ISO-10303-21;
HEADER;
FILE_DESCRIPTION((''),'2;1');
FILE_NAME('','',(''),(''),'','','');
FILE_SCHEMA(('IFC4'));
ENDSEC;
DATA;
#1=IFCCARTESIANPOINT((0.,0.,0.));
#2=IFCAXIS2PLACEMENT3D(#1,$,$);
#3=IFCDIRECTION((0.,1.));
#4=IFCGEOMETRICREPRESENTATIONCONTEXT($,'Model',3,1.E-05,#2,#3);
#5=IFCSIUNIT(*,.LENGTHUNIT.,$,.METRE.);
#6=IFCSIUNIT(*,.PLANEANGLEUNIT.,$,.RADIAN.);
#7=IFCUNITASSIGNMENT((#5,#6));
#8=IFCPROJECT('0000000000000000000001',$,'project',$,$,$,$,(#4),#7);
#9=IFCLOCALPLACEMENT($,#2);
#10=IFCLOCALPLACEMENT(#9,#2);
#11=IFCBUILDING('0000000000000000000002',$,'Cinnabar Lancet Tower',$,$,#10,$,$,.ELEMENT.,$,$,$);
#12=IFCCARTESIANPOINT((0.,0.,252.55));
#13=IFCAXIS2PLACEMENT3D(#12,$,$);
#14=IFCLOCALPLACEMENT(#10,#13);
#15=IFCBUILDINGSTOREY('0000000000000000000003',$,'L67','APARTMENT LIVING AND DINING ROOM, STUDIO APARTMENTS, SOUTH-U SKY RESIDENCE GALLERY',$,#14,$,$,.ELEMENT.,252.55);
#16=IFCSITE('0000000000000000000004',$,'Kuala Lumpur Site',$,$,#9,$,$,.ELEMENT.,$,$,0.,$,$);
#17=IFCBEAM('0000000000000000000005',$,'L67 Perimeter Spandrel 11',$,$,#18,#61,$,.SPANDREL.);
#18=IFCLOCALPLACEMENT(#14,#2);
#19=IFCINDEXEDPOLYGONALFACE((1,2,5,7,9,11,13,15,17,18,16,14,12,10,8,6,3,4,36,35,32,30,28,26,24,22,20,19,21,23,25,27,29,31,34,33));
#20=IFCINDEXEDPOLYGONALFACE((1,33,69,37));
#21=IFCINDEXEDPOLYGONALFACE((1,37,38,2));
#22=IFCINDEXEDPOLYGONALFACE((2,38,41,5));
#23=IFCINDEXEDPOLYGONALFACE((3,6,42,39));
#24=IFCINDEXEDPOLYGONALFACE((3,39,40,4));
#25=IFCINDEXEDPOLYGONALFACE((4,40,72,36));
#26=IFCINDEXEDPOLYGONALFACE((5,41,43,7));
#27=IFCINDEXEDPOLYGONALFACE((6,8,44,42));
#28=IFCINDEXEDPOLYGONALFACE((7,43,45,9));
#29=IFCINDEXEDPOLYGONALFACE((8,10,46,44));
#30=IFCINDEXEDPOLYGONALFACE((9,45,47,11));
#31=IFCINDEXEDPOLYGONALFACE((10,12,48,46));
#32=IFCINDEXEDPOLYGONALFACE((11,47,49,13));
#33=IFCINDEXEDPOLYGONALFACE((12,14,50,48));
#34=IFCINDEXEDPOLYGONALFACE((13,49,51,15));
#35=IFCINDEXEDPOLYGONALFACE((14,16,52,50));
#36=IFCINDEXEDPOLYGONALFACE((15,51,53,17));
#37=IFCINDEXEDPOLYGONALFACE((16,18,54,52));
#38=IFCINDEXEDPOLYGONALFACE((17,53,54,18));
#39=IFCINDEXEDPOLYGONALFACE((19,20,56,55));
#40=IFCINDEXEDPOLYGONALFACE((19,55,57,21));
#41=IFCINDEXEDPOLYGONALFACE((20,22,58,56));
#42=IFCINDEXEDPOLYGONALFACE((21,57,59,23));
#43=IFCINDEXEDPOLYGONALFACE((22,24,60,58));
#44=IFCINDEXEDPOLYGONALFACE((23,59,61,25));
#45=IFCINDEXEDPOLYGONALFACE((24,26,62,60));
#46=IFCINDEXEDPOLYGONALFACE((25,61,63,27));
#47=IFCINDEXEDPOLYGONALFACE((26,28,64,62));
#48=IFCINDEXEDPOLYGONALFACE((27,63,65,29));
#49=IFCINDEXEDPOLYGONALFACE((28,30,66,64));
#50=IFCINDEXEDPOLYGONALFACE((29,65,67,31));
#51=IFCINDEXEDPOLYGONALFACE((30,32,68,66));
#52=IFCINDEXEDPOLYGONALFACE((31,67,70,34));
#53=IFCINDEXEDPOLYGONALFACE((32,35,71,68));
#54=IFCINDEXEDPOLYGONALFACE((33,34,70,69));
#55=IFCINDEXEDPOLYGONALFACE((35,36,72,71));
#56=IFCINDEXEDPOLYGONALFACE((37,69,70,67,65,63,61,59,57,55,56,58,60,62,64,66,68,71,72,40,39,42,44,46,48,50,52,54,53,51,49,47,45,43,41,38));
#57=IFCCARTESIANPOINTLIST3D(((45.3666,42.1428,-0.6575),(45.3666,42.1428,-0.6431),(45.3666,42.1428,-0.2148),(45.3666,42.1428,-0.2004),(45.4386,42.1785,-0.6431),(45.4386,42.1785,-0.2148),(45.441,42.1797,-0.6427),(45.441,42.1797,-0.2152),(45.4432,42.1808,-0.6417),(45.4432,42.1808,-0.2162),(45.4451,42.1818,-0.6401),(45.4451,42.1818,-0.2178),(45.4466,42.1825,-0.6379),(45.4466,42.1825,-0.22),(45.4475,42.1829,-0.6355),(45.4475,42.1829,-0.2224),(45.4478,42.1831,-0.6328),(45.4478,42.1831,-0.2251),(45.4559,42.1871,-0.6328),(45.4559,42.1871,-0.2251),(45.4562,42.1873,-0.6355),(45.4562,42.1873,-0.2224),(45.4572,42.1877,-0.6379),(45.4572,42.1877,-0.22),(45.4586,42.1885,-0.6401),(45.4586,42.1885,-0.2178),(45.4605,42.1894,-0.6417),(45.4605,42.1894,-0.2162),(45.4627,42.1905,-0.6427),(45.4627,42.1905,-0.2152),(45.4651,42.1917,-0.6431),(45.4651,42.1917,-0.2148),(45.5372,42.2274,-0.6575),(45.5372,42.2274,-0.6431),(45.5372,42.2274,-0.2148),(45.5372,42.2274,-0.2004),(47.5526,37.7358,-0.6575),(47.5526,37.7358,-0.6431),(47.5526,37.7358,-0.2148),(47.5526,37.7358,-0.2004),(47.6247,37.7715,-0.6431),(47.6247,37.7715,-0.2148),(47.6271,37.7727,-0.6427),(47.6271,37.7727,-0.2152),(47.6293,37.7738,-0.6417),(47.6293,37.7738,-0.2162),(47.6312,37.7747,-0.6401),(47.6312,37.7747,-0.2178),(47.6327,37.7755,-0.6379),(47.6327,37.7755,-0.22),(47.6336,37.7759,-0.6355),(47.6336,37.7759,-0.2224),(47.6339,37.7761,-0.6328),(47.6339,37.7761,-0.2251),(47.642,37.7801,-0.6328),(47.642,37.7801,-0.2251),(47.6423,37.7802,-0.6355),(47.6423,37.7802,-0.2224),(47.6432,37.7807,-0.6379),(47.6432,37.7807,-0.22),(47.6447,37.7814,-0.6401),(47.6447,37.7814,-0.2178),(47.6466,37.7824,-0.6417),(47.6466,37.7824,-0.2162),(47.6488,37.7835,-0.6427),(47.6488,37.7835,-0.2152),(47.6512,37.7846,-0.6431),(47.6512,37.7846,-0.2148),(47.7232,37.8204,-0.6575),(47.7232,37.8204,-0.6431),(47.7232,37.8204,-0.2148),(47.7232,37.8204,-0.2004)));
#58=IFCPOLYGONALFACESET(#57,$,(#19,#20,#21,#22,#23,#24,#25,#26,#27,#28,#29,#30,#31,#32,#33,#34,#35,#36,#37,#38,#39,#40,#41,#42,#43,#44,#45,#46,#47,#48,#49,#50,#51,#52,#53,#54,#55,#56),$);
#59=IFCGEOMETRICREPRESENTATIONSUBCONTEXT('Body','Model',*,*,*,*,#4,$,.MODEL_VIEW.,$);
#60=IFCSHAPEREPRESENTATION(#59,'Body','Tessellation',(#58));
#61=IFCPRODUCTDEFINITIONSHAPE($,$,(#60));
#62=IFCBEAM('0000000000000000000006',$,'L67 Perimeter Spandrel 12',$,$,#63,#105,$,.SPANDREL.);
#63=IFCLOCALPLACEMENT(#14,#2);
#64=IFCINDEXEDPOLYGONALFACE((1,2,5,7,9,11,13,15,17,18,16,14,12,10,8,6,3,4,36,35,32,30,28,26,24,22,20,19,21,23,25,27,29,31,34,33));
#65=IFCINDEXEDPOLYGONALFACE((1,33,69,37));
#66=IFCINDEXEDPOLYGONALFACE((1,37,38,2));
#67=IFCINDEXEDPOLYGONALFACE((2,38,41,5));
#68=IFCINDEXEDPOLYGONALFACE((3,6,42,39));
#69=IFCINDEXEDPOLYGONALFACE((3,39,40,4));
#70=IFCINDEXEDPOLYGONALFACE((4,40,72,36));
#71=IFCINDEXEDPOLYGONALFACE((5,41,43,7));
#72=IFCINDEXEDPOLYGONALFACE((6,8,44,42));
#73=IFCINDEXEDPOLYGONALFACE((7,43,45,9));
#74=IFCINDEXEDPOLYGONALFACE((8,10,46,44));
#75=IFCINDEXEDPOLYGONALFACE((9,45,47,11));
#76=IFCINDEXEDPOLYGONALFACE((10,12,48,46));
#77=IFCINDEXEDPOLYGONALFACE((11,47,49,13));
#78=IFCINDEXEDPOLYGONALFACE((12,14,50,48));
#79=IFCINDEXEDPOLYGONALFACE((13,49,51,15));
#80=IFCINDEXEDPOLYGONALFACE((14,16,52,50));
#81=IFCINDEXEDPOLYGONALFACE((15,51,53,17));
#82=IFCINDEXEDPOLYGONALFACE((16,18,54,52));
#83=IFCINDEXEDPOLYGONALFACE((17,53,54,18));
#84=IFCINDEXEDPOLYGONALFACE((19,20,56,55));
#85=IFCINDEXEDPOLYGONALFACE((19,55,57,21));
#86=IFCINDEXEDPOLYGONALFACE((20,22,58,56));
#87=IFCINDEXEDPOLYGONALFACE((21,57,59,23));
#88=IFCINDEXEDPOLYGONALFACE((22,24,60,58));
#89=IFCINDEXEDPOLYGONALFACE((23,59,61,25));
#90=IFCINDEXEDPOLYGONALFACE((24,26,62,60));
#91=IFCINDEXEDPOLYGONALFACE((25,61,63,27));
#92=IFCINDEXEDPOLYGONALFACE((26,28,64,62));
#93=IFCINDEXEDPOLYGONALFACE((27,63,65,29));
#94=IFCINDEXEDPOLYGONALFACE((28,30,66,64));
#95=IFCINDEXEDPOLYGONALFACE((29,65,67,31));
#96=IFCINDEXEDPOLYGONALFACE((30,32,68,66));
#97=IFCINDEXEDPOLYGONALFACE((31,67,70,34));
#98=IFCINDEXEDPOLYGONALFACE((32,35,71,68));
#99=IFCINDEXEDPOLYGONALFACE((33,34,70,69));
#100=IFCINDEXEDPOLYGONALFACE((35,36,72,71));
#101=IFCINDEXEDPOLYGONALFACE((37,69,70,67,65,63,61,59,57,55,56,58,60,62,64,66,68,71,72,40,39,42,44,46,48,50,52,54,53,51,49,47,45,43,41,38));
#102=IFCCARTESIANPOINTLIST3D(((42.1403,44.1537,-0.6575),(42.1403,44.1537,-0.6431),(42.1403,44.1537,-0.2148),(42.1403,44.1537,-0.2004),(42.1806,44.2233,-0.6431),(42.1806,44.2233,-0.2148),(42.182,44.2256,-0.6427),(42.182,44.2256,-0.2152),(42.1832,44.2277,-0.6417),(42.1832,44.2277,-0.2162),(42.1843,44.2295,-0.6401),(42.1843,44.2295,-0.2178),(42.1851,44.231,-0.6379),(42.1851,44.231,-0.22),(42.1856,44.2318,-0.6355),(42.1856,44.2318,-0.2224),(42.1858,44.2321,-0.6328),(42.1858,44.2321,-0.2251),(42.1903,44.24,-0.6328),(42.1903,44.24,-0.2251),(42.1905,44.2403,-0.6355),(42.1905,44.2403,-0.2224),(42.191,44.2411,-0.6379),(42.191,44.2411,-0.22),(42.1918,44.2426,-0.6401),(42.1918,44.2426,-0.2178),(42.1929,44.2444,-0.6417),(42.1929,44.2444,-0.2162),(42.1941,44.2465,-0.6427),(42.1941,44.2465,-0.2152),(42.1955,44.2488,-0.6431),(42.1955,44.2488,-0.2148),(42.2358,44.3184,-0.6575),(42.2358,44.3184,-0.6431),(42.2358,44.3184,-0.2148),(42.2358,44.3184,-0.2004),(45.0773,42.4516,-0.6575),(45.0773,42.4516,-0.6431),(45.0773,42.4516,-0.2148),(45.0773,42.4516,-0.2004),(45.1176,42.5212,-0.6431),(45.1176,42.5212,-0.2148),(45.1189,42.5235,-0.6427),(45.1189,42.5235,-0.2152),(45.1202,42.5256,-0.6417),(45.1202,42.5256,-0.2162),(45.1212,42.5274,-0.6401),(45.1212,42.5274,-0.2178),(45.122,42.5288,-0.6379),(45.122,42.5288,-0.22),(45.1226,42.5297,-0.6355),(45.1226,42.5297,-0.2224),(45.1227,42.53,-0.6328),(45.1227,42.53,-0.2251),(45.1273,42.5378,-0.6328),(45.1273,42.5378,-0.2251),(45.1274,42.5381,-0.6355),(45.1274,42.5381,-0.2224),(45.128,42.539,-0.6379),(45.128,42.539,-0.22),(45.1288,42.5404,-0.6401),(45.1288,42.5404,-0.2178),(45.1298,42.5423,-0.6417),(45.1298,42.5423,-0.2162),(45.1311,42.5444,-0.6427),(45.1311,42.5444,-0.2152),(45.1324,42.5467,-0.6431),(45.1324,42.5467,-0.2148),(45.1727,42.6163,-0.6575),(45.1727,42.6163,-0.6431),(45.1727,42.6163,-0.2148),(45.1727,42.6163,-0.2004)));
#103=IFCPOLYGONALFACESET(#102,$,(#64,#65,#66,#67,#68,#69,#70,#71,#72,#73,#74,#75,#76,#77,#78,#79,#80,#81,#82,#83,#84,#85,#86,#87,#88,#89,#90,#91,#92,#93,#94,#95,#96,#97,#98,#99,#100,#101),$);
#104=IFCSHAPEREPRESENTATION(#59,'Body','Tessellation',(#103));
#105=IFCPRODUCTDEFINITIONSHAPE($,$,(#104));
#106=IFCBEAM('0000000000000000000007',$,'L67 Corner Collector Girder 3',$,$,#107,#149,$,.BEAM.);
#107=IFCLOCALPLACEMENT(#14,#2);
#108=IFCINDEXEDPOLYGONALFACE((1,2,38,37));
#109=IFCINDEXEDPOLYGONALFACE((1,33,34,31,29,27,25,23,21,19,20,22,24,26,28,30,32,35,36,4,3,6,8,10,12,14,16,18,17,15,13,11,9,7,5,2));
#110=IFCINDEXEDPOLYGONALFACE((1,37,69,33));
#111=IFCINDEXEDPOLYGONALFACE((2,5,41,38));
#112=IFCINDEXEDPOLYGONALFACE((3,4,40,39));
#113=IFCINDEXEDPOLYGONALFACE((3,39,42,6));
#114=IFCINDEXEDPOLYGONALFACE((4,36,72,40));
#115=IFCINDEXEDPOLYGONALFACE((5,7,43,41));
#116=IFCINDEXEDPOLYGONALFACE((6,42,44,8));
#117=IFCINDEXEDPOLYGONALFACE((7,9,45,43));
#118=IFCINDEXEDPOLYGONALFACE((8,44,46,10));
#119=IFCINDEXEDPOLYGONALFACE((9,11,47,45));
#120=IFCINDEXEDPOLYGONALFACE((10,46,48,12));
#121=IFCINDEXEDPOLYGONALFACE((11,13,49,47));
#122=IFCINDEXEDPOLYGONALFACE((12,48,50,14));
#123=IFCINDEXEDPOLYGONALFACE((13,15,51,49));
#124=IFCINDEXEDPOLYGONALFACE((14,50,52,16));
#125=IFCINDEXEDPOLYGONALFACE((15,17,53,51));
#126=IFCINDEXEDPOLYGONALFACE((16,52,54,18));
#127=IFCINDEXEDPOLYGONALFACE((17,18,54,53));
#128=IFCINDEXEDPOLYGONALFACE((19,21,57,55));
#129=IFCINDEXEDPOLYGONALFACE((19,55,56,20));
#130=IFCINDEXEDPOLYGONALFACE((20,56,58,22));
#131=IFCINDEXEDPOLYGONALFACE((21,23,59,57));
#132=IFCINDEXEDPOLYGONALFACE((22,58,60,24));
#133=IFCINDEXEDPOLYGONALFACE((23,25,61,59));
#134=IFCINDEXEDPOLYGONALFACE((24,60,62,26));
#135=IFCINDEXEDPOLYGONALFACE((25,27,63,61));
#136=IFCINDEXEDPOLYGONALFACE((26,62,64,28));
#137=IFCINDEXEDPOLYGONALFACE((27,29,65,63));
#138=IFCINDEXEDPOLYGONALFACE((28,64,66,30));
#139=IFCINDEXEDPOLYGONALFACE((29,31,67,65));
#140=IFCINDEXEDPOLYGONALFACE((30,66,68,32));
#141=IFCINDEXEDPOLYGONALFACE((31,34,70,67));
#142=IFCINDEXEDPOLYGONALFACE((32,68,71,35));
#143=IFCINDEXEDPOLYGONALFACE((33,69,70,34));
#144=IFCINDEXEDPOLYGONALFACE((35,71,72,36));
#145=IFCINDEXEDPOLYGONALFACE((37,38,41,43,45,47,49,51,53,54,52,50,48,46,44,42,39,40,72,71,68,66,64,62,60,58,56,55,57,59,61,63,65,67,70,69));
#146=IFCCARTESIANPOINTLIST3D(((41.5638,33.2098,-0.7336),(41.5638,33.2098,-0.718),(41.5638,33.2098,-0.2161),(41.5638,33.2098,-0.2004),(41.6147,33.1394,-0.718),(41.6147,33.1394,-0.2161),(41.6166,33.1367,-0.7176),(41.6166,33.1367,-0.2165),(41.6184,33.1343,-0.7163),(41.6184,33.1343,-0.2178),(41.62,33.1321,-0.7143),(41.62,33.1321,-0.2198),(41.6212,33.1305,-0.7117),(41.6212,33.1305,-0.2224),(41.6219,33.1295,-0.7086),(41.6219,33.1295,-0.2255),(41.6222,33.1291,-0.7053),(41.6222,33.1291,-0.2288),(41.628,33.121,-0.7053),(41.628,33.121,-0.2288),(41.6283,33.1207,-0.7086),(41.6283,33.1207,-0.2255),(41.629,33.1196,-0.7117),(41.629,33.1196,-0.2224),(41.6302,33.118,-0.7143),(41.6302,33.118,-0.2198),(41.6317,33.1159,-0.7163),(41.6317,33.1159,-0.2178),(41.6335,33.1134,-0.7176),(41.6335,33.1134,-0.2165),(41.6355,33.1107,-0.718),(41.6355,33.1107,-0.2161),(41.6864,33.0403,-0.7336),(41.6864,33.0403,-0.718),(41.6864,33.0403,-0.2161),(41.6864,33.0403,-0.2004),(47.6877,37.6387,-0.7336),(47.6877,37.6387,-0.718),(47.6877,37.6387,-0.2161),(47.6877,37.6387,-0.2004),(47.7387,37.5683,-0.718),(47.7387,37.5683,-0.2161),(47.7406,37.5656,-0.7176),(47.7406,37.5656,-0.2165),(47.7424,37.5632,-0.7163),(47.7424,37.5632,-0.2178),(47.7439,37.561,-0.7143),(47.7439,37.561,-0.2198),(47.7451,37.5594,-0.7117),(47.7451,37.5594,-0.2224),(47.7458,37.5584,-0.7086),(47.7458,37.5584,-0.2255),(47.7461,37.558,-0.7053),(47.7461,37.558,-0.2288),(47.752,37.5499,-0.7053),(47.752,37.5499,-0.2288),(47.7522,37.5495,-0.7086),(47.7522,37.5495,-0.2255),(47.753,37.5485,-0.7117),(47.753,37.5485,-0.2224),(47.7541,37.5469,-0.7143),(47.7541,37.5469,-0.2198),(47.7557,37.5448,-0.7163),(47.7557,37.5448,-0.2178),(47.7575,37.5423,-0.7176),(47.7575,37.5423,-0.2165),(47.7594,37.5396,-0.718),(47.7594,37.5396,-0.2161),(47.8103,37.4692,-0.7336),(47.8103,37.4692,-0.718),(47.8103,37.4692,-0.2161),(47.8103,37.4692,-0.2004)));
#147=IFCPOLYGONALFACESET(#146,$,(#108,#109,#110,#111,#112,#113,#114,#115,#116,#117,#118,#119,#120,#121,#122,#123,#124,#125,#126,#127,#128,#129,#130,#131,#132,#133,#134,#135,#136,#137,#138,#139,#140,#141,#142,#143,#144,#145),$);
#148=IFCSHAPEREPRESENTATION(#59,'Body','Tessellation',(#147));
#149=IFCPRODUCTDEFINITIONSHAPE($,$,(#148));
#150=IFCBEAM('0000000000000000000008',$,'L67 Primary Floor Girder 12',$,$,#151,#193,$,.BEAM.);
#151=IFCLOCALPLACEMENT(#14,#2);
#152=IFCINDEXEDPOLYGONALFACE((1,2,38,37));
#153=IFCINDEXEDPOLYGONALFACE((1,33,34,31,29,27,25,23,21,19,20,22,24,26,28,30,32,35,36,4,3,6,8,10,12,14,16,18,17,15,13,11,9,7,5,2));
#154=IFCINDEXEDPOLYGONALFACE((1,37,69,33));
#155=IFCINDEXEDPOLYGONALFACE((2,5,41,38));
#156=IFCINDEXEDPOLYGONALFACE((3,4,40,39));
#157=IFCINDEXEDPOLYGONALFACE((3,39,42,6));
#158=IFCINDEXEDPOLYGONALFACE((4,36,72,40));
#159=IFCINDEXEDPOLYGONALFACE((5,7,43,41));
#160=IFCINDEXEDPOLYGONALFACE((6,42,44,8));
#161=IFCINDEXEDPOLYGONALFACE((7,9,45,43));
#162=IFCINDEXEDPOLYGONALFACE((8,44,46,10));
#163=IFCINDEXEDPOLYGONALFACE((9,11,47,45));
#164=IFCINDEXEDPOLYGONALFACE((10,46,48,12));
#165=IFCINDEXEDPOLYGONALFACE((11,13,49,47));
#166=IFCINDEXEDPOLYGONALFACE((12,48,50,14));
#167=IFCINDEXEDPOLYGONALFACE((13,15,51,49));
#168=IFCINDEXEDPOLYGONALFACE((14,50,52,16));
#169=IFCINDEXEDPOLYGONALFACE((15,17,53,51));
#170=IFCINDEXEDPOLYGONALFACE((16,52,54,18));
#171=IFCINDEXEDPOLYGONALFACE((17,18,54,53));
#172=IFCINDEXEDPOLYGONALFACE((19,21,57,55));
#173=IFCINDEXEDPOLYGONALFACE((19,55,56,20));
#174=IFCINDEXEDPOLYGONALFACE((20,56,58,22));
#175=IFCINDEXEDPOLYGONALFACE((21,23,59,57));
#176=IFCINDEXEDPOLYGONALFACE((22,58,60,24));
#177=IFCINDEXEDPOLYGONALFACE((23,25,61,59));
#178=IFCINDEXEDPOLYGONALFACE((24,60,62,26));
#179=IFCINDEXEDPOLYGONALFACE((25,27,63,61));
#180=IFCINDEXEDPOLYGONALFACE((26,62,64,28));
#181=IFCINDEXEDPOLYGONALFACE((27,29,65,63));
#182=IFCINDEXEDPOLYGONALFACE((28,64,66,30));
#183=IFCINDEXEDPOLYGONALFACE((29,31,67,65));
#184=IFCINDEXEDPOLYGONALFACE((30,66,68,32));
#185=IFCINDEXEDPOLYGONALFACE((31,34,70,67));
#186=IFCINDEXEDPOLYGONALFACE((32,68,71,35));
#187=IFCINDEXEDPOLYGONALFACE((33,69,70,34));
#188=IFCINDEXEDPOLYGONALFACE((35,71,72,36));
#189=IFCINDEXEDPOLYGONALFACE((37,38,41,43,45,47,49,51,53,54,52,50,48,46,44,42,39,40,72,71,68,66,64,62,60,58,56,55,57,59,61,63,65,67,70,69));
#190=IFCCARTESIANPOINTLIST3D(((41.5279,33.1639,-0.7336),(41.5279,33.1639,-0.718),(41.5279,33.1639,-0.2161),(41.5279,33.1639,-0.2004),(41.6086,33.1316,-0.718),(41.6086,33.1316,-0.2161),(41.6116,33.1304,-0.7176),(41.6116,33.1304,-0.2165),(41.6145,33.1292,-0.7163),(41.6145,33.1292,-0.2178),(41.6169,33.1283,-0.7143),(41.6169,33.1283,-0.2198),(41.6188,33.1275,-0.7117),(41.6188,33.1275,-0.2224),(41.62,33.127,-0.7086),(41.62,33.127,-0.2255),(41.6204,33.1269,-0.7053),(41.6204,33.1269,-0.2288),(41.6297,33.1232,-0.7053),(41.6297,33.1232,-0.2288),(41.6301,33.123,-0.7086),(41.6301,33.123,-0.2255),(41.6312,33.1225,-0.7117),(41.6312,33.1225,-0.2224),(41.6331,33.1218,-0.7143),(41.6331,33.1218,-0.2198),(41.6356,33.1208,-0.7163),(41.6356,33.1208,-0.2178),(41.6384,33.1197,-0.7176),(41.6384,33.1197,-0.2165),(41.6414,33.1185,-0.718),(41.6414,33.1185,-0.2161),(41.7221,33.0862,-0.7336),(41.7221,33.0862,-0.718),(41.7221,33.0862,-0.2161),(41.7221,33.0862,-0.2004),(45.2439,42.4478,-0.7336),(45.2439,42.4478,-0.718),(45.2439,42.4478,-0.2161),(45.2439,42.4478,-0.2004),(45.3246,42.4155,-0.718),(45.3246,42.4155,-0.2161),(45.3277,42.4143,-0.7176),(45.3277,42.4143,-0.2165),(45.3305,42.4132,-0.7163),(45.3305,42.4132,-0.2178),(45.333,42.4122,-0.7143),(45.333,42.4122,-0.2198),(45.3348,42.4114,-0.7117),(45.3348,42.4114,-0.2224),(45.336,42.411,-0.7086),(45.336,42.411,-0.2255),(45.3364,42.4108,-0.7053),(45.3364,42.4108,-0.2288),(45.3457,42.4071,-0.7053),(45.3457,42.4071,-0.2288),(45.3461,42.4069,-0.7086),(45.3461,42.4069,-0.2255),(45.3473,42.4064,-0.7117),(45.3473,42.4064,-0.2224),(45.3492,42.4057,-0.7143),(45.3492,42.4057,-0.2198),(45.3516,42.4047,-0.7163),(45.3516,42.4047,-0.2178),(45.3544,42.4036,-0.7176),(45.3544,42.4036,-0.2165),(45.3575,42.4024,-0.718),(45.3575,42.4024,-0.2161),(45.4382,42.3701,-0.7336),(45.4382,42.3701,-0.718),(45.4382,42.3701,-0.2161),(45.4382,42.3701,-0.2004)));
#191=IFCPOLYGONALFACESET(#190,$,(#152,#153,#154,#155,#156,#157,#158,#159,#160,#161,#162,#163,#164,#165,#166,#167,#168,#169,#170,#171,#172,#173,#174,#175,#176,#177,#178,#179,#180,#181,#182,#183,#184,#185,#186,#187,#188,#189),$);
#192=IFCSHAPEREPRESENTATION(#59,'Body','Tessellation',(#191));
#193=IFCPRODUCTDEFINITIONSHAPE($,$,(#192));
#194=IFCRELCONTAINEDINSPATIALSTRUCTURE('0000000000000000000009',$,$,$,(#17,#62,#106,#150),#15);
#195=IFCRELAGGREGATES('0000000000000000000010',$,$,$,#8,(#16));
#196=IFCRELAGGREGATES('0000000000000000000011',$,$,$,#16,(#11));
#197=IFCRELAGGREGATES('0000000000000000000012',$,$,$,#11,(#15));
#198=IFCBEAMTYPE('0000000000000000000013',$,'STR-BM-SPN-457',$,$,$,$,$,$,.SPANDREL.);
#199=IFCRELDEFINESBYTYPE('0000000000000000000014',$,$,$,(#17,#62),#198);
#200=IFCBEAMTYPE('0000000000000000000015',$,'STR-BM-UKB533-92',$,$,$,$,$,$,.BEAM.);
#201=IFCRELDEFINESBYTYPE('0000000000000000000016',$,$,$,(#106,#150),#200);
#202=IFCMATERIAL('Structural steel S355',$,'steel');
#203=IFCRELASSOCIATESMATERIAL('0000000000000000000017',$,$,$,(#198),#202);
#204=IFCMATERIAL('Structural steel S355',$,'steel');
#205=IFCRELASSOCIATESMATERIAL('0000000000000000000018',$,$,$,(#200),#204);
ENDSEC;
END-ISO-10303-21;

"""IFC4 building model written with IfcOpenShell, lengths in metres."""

from ifc_helpers import new_model, si_unit, direction, frame, origin, origin_2d, place, context, subcontext, project, spatial, i_section, extrude, material, material_profile, profile_set, type_object, element, save


model = new_model("IFC4")

# Units and contexts
model_context = context("Model", 3, precision=1e-05, world=origin(), true_north=direction((0.0, 1.0)))
body_context = subcontext(model_context, "Body", "Model", "MODEL_VIEW")
ifc_project = project(units=[si_unit("LENGTHUNIT", "METRE"), si_unit("PLANEANGLEUNIT", "RADIAN")], contexts=[model_context])

# Site, building, storey
site_placement = place(None, origin())
site = spatial("IfcSite", under=ifc_project, at=site_placement, Name="Kuala Lumpur Site", CompositionType="ELEMENT", RefElevation=0.0)
building_placement = place(site_placement, origin())
building = spatial("IfcBuilding", under=site, at=building_placement, Name="Cinnabar Lancet Tower", CompositionType="ELEMENT")
storey_placement = place(building_placement, frame((0.0, 0.0, 252.55)))
storey = spatial("IfcBuildingStorey", under=building, at=storey_placement, Name="L67", Description="APARTMENT LIVING AND DINING ROOM, STUDIO APARTMENTS, SOUTH-U SKY RESIDENCE GALLERY", CompositionType="ELEMENT", Elevation=252.55)

# Beams
ifc_material_1 = material(Name="Structural steel S355", Category="steel")
ifc_material_profile_1 = material_profile(ifc_material_1, i_section(OverallWidth=0.1904, OverallDepth=0.457, WebThickness=0.009, FlangeThickness=0.0144, FilletRadius=0.0103, at=origin_2d()), Name="UKB 457x191x74")
ifc_profile_set_1 = profile_set([ifc_material_profile_1], Name="Structural steel S355")
beam_type_1 = type_object("IfcBeamType", Name="STR-BM-SPN-457", PredefinedType="SPANDREL", material=ifc_profile_set_1)
beam_1_placement = place(storey_placement, frame((47.6379, 37.7781, -0.429), z_axis=(-0.444373, 0.895842, 0.0), x_axis=(-0.895842, -0.444373, 0.0)))
element("IfcBeam", 1, at=beam_1_placement, inside=storey, type_object=beam_type_1, Name="L67 Perimeter Spandrel 11", PredefinedType="SPANDREL", context=body_context, shape_type="SweptSolid", body=[
    extrude(i_section(OverallWidth=0.1904, OverallDepth=0.457, WebThickness=0.009, FlangeThickness=0.0144, FilletRadius=0.0103, at=origin_2d()), origin(), (0.0, 0.0, 1.0), 4.9194),
])
beam_2_placement = place(storey_placement, frame((45.125, 42.5339, -0.429), z_axis=(-0.8652, 0.501427, 0.0), x_axis=(-0.501427, -0.8652, 0.0)))
element("IfcBeam", 2, at=beam_2_placement, inside=storey, type_object=beam_type_1, Name="L67 Perimeter Spandrel 12", PredefinedType="SPANDREL", context=body_context, shape_type="SweptSolid", body=[
    extrude(i_section(OverallWidth=0.1904, OverallDepth=0.457, WebThickness=0.009, FlangeThickness=0.0144, FilletRadius=0.0103, at=origin_2d()), origin(), (0.0, 0.0, 1.0), 3.3945),
])
ifc_material_2 = material(Name="Structural steel S355", Category="steel")
ifc_material_profile_2 = material_profile(ifc_material_2, i_section(OverallWidth=0.2092, OverallDepth=0.5332, WebThickness=0.01, FlangeThickness=0.0156, FilletRadius=0.0127, at=origin_2d()), Name="UKB 533x210x92")
ifc_profile_set_2 = profile_set([ifc_material_profile_2], Name="Structural steel S355")
beam_type_2 = type_object("IfcBeamType", Name="STR-BM-UKB533-92", PredefinedType="BEAM", material=ifc_profile_set_2)
beam_3_placement = place(storey_placement, frame((47.749, 37.554, -0.467), z_axis=(-0.810299, -0.586016, 0.0), x_axis=(0.586016, -0.810299, 0.0)))
element("IfcBeam", 3, at=beam_3_placement, inside=storey, type_object=beam_type_2, Name="L67 Corner Collector Girder 3", PredefinedType="BEAM", context=body_context, shape_type="SweptSolid", body=[
    extrude(i_section(OverallWidth=0.2092, OverallDepth=0.5332, WebThickness=0.01, FlangeThickness=0.0156, FilletRadius=0.0127, at=origin_2d()), origin(), (0.0, 0.0, 1.0), 7.5576),
])
beam_4_placement = place(storey_placement, frame((45.3411, 42.4089, -0.467), z_axis=(-0.371605, -0.928391, 0.0), x_axis=(0.928391, -0.371605, 0.0)))
element("IfcBeam", 4, at=beam_4_placement, inside=storey, type_object=beam_type_2, Name="L67 Primary Floor Girder 12", PredefinedType="BEAM", context=body_context, shape_type="SweptSolid", body=[
    extrude(i_section(OverallWidth=0.2092, OverallDepth=0.5332, WebThickness=0.01, FlangeThickness=0.0156, FilletRadius=0.0127, at=origin_2d()), origin(), (0.0, 0.0, 1.0), 10.0),
])

save(model, "model.ifc")
